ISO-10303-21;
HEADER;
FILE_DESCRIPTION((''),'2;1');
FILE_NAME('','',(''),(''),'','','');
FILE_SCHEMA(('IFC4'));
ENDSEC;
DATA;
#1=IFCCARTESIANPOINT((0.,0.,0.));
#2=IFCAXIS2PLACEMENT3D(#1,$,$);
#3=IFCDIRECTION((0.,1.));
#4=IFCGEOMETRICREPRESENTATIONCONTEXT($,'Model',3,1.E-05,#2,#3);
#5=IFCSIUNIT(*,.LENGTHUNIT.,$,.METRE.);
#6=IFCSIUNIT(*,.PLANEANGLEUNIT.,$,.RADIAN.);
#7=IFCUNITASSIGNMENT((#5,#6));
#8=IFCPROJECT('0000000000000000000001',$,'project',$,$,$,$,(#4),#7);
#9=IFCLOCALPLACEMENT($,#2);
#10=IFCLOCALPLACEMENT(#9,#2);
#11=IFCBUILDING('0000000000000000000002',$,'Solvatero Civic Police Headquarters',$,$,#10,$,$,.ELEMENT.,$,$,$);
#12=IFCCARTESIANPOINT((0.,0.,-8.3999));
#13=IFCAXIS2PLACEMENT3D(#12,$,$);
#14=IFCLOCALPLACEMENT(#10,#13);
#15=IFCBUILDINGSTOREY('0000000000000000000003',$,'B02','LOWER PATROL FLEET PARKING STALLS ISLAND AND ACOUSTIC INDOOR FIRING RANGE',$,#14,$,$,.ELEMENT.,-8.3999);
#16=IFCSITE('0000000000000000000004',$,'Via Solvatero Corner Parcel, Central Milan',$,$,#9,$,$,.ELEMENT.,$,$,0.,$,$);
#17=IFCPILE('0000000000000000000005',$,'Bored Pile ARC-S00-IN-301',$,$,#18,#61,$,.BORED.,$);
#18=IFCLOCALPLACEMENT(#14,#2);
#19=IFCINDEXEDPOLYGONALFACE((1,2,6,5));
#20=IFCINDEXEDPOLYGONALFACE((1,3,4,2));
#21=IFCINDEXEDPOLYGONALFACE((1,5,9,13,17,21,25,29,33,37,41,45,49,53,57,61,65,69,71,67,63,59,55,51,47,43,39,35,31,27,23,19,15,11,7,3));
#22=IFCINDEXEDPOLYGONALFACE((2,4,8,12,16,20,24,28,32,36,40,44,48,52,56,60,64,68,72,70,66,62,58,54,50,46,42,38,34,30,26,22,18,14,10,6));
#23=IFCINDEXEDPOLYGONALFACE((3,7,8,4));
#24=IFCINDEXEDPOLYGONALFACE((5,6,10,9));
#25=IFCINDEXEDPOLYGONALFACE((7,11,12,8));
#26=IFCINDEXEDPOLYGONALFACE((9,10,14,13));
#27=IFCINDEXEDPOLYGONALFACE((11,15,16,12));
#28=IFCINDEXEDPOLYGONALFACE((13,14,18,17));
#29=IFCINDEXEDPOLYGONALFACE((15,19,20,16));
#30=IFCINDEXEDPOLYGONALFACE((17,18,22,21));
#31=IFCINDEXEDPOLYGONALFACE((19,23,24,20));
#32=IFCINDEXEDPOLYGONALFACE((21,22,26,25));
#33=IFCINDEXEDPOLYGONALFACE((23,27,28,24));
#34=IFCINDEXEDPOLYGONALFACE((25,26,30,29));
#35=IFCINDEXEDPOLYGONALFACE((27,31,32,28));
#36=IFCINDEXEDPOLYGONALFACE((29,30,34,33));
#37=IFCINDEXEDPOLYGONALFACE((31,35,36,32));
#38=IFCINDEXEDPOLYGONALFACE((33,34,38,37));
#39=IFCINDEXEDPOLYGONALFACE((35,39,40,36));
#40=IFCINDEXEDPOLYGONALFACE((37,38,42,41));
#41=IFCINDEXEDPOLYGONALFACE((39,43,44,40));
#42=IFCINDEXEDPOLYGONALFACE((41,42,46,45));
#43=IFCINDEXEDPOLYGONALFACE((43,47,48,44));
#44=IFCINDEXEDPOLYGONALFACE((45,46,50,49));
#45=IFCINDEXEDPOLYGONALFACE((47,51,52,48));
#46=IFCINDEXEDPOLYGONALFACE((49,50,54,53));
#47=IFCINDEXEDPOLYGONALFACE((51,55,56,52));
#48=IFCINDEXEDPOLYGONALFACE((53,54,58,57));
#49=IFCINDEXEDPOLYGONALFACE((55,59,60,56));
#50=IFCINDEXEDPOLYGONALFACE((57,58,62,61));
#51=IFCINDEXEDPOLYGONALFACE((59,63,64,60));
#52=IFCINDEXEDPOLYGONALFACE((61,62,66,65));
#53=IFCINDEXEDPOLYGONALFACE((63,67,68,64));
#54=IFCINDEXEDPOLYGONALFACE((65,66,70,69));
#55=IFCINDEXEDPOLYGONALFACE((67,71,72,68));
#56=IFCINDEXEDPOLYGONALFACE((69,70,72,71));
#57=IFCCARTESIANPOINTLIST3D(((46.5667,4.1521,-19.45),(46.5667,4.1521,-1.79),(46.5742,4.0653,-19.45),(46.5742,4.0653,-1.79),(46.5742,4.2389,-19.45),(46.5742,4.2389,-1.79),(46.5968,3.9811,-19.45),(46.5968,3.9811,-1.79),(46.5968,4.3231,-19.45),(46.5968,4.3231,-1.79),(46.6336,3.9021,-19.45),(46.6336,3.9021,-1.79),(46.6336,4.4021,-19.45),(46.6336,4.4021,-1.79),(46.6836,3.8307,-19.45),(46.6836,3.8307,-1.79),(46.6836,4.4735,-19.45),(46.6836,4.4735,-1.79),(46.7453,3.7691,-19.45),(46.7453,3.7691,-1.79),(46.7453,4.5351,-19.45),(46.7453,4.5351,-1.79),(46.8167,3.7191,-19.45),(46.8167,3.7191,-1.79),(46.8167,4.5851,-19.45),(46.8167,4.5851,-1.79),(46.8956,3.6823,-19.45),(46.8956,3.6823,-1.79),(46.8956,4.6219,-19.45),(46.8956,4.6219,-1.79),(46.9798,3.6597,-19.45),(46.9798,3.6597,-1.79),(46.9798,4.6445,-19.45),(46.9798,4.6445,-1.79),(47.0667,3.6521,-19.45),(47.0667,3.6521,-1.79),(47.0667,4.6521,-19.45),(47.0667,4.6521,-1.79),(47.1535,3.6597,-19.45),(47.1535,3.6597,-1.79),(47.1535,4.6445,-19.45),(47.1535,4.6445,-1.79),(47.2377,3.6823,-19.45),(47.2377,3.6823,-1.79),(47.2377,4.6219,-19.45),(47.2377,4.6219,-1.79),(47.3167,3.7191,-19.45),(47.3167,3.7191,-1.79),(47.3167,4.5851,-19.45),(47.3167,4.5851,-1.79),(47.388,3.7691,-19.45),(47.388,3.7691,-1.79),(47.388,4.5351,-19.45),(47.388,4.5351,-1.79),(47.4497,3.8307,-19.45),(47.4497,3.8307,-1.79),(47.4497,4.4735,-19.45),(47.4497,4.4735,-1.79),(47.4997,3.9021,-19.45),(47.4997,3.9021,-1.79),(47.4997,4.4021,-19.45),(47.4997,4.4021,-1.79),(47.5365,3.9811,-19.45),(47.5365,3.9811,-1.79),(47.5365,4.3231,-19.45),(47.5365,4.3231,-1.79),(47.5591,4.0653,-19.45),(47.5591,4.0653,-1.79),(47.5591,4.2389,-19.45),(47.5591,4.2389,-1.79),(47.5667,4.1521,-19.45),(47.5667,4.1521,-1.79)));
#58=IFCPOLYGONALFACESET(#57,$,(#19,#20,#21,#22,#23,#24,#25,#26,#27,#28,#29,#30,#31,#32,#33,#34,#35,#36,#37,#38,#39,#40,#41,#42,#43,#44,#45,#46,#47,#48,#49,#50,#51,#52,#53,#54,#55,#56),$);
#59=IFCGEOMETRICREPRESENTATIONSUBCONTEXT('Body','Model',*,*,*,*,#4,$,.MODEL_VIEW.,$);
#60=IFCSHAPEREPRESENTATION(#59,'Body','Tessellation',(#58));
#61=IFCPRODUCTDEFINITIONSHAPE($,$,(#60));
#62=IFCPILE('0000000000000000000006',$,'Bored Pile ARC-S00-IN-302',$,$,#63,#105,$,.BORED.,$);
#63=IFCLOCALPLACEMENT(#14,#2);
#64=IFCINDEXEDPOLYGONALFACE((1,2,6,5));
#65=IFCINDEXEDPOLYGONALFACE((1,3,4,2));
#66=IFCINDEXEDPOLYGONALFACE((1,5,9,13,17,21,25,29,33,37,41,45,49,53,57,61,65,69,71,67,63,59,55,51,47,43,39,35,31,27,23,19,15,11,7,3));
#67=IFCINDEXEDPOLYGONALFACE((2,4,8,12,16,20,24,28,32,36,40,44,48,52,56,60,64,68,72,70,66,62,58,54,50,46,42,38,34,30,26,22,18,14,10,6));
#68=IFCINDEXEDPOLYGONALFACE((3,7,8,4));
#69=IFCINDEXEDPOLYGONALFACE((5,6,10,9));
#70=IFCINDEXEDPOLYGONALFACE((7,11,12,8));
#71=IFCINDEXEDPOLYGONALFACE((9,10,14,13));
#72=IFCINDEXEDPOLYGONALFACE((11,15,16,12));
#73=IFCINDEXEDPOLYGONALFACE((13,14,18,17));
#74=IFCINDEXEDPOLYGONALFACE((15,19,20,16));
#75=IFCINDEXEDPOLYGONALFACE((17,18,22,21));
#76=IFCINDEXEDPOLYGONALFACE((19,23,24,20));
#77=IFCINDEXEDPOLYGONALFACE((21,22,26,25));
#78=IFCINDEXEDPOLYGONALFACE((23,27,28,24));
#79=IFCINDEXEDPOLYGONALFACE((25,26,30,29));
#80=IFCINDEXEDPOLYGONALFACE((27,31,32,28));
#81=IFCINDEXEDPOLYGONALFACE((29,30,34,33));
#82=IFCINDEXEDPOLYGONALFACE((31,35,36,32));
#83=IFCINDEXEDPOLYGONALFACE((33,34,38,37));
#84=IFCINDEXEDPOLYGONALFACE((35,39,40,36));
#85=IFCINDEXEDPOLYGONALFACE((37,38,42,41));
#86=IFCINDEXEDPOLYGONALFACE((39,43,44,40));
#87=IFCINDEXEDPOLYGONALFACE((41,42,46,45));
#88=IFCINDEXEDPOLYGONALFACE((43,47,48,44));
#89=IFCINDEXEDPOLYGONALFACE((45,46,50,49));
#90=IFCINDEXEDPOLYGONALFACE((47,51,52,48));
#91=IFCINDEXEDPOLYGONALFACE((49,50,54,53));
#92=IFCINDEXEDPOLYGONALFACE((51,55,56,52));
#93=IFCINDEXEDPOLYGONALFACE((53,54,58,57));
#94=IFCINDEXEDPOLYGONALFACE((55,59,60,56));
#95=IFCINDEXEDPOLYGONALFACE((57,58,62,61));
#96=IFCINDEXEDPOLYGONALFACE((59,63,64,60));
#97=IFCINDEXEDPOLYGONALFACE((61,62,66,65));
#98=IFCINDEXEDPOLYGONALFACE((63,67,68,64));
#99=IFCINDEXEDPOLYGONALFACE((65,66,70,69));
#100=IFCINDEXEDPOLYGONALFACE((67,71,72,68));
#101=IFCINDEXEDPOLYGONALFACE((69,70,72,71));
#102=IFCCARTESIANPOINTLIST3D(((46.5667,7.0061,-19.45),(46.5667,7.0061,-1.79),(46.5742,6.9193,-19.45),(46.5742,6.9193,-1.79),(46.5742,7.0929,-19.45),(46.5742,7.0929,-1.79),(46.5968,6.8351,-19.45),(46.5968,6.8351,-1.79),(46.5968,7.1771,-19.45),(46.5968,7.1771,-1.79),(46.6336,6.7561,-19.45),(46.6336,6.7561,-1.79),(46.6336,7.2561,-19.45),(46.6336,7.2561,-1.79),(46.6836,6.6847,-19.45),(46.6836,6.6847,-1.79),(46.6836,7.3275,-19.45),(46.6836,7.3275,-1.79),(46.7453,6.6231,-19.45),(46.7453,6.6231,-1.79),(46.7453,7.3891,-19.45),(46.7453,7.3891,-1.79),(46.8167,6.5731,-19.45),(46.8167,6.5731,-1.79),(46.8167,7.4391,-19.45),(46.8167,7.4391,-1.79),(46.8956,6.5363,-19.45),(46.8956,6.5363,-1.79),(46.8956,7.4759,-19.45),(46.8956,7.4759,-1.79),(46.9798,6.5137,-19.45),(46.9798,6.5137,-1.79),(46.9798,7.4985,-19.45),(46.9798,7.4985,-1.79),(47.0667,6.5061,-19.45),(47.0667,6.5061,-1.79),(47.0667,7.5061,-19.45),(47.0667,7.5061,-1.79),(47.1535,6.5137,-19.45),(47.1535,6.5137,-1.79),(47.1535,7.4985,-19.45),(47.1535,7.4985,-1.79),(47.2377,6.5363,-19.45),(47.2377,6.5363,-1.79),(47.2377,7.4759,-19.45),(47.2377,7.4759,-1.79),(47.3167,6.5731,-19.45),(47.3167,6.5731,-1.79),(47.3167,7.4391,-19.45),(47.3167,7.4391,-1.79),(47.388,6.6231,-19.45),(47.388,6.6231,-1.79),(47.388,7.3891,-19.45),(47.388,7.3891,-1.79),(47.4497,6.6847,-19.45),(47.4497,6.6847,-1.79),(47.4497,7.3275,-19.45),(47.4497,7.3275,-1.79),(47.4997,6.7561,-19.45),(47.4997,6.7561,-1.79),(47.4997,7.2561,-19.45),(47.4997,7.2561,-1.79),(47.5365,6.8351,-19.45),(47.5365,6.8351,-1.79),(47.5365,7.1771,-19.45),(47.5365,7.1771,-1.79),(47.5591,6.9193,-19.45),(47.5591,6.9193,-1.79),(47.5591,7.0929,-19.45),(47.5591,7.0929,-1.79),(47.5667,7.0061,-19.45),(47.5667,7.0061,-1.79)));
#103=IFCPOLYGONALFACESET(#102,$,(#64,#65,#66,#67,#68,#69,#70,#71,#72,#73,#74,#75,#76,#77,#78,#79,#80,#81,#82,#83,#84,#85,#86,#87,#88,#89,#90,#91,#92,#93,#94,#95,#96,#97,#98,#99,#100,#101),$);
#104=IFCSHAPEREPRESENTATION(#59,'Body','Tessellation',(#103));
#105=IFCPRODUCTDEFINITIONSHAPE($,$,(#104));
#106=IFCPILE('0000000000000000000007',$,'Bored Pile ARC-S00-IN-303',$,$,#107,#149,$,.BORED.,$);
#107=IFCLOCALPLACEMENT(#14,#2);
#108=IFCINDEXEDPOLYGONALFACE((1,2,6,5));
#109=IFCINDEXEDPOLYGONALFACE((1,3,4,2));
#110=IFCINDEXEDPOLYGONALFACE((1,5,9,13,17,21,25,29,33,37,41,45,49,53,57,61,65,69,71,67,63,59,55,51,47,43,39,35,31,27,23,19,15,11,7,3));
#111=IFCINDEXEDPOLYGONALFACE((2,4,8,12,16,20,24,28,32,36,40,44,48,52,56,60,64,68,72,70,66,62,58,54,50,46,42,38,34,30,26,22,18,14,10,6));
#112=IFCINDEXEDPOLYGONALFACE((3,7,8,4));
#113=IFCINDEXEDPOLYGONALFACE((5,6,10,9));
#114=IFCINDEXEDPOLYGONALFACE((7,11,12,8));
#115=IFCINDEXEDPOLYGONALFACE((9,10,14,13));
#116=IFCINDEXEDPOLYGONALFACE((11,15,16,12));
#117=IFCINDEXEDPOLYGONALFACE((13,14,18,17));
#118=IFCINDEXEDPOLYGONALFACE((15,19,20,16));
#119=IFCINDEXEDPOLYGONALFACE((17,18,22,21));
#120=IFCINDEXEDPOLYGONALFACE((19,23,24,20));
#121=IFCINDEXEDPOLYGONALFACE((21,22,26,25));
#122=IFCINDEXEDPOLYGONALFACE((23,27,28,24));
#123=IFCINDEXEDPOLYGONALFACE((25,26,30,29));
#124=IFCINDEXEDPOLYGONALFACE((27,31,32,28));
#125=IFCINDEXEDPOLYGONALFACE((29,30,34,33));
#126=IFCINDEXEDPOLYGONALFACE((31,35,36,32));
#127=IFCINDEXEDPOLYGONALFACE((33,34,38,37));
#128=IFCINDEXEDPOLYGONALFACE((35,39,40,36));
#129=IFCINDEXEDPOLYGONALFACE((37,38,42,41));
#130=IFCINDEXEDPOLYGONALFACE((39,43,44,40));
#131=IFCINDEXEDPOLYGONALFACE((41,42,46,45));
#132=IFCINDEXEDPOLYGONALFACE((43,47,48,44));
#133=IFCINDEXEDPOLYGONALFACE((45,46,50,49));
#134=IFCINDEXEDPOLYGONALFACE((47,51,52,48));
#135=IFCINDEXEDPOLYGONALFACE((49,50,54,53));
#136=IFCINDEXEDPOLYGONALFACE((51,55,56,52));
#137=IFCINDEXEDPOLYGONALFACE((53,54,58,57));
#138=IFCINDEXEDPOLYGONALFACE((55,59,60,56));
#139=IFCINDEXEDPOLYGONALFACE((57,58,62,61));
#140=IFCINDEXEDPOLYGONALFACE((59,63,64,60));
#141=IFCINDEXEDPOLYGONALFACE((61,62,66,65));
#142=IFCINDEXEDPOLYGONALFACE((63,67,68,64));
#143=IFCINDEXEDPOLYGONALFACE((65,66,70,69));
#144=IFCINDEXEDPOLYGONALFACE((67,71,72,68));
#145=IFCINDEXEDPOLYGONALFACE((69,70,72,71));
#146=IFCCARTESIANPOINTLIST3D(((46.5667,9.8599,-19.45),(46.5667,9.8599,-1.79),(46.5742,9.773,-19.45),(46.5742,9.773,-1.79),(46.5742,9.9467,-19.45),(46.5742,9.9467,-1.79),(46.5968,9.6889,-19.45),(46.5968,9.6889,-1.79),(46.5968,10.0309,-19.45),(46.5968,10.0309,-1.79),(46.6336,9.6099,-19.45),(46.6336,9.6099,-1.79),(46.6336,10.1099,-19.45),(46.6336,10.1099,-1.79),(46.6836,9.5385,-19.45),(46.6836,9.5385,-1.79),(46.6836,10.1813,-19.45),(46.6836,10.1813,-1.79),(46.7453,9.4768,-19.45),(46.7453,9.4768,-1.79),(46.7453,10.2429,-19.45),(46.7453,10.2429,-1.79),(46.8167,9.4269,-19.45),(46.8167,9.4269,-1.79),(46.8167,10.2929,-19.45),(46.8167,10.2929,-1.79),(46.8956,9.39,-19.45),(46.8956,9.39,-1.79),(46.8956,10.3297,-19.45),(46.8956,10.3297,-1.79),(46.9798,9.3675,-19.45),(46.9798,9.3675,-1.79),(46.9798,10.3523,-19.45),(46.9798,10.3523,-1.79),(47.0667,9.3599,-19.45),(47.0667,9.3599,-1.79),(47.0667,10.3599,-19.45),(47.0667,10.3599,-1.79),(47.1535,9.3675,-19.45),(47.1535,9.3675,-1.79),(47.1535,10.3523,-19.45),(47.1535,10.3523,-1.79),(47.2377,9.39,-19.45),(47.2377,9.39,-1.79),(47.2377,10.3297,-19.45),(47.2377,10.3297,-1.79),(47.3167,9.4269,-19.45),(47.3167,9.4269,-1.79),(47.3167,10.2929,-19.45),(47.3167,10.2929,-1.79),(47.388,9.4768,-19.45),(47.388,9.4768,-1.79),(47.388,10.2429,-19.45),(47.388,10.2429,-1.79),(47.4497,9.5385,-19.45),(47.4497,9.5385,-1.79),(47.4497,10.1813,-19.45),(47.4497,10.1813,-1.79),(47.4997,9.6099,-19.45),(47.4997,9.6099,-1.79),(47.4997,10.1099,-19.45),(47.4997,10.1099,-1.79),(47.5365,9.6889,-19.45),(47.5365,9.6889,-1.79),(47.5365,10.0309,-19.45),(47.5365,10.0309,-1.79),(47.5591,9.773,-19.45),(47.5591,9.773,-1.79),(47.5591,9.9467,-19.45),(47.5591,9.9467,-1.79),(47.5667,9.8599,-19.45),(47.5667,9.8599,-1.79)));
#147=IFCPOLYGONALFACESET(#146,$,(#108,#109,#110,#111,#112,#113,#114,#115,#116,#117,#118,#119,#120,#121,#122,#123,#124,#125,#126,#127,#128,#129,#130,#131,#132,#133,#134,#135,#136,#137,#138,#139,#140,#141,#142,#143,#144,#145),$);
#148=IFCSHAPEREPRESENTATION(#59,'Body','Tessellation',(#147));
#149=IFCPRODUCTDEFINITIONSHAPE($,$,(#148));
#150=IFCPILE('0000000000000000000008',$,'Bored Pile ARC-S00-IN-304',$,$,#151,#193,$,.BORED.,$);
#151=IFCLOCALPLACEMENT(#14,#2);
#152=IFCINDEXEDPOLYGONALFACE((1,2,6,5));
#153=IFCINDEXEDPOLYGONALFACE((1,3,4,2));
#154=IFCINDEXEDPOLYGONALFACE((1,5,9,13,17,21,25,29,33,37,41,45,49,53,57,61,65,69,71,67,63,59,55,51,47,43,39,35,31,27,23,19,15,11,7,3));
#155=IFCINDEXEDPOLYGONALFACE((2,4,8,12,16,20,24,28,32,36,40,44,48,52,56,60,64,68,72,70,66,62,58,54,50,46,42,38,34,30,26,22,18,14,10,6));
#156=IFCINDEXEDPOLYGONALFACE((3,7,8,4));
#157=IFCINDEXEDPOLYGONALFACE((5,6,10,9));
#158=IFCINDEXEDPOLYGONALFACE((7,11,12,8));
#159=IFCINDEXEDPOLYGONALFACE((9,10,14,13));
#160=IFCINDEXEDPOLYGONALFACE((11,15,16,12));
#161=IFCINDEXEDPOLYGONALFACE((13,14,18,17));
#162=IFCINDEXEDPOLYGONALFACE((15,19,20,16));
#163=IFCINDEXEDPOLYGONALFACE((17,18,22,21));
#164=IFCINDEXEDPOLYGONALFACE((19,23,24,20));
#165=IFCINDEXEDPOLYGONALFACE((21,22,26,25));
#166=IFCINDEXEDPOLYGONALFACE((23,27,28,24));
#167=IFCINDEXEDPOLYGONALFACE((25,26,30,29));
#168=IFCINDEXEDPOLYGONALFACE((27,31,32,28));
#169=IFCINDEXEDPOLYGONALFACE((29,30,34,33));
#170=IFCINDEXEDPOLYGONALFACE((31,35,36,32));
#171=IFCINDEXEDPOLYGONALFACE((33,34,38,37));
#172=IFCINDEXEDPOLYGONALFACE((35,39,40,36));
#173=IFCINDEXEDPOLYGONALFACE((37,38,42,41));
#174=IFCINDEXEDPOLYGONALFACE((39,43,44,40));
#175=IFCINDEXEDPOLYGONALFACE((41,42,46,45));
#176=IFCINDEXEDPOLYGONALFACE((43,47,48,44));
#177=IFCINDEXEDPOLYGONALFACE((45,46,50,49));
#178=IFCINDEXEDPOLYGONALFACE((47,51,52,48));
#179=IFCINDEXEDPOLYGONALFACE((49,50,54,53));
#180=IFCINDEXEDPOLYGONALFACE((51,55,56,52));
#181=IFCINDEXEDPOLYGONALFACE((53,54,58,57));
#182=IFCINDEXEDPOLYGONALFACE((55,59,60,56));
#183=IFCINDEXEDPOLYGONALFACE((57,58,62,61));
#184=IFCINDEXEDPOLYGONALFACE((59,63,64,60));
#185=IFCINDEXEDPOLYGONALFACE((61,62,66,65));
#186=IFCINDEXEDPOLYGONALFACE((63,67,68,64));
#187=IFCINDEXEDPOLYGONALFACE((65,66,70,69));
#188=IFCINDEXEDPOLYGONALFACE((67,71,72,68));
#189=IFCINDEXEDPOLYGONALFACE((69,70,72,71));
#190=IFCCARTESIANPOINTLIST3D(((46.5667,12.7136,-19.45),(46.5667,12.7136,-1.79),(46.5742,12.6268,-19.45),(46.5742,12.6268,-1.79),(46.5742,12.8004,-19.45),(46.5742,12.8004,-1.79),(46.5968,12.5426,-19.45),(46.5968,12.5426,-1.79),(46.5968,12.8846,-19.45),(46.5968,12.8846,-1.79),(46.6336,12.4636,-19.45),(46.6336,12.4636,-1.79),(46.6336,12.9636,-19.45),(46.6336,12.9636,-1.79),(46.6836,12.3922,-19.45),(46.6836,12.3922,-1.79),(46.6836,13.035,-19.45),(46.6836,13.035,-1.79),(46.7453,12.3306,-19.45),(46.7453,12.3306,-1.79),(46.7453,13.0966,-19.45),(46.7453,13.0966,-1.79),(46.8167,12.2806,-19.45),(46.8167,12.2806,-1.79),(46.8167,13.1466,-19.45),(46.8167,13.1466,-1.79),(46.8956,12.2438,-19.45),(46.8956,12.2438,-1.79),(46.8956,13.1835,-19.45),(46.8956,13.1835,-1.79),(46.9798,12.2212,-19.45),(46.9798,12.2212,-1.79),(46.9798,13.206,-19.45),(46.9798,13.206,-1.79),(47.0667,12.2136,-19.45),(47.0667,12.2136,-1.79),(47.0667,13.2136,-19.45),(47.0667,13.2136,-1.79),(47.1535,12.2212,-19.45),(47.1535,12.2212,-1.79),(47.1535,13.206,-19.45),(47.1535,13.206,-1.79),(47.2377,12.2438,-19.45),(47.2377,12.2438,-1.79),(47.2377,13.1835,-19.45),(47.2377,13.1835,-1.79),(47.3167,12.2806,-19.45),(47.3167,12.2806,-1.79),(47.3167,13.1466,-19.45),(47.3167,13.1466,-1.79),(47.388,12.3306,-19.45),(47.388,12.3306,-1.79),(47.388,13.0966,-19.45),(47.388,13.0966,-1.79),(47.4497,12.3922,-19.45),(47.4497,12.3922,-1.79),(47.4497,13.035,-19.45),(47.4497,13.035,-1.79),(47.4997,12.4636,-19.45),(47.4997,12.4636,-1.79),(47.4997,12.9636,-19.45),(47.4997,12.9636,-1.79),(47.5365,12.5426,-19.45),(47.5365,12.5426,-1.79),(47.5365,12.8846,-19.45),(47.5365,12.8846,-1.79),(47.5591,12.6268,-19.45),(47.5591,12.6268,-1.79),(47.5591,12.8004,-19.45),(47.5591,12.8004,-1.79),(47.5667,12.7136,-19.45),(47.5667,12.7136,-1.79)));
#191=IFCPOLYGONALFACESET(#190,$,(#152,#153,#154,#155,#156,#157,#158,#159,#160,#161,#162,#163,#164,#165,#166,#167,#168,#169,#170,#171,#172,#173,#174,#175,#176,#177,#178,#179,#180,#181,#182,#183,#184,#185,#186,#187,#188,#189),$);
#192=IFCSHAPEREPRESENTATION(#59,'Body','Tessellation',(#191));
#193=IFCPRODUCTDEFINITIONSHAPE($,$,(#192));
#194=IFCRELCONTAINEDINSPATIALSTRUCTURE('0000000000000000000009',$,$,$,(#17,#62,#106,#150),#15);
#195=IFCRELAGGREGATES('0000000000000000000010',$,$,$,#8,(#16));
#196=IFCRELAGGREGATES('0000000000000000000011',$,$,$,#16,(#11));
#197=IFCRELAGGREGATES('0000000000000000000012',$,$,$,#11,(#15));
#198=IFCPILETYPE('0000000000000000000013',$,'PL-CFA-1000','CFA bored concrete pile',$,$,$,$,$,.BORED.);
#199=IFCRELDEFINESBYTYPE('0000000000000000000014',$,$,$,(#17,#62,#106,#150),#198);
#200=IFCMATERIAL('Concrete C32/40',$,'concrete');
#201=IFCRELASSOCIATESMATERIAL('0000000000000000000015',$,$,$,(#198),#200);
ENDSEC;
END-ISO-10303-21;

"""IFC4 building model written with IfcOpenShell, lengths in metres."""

from ifc_helpers import new_model, si_unit, direction, frame, origin, origin_2d, place, context, subcontext, project, spatial, circle, extrude, material, material_profile, profile_set, type_object, element, save


model = new_model("IFC4")

# Units and contexts
model_context = context("Model", 3, precision=1e-05, world=origin(), true_north=direction((0.0, 1.0)))
body_context = subcontext(model_context, "Body", "Model", "MODEL_VIEW")
ifc_project = project(units=[si_unit("LENGTHUNIT", "METRE"), si_unit("PLANEANGLEUNIT", "RADIAN")], contexts=[model_context])

# Site, building, storey
site_placement = place(None, origin())
site = spatial("IfcSite", under=ifc_project, at=site_placement, Name="Via Solvatero Corner Parcel, Central Milan", CompositionType="ELEMENT", RefElevation=0.0)
building_placement = place(site_placement, origin())
building = spatial("IfcBuilding", under=site, at=building_placement, Name="Solvatero Civic Police Headquarters", CompositionType="ELEMENT")
storey_placement = place(building_placement, frame((0.0, 0.0, -8.3999)))
storey = spatial("IfcBuildingStorey", under=building, at=storey_placement, Name="B02", Description="LOWER PATROL FLEET PARKING STALLS ISLAND AND ACOUSTIC INDOOR FIRING RANGE", CompositionType="ELEMENT", Elevation=-8.3999)

# Piles
ifc_material_1 = material(Name="Concrete C32/40", Category="concrete")
ifc_material_profile_1 = material_profile(ifc_material_1, circle(Radius=0.5, at=origin_2d()), Name="CFA PILE D1000")
ifc_profile_set_1 = profile_set([ifc_material_profile_1], Name="Concrete C32/40")
pile_type = type_object("IfcPileType", Name="PL-CFA-1000", Description="CFA bored concrete pile", PredefinedType="BORED", material=ifc_profile_set_1)
for number, where, z_axis, x_axis, name in (
    (1, (47.0667, 4.1521, -1.79), (0.0, 0.0, -1.0), (1.0, 0.0, 0.0), "Bored Pile ARC-S00-IN-301"),
    (2, (47.0667, 7.0061, -1.79), (0.0, 0.0, -1.0), (1.0, 0.0, 0.0), "Bored Pile ARC-S00-IN-302"),
    (3, (47.0667, 9.8599, -1.79), (0.0, 0.0, -1.0), (1.0, 0.0, 0.0), "Bored Pile ARC-S00-IN-303"),
    (4, (47.0667, 12.7136, -1.79), (0.0, 0.0, -1.0), (1.0, 0.0, 0.0), "Bored Pile ARC-S00-IN-304"),
):
    element("IfcPile", number, at=place(storey_placement, frame(where, z_axis=z_axis, x_axis=x_axis)), inside=storey, type_object=pile_type, Name=name, PredefinedType="BORED", context=body_context, shape_type="SweptSolid", body=[
        extrude(circle(Radius=0.5, at=origin_2d()), origin(), (0.0, 0.0, 1.0), 17.6599),
    ])

save(model, "model.ifc")
